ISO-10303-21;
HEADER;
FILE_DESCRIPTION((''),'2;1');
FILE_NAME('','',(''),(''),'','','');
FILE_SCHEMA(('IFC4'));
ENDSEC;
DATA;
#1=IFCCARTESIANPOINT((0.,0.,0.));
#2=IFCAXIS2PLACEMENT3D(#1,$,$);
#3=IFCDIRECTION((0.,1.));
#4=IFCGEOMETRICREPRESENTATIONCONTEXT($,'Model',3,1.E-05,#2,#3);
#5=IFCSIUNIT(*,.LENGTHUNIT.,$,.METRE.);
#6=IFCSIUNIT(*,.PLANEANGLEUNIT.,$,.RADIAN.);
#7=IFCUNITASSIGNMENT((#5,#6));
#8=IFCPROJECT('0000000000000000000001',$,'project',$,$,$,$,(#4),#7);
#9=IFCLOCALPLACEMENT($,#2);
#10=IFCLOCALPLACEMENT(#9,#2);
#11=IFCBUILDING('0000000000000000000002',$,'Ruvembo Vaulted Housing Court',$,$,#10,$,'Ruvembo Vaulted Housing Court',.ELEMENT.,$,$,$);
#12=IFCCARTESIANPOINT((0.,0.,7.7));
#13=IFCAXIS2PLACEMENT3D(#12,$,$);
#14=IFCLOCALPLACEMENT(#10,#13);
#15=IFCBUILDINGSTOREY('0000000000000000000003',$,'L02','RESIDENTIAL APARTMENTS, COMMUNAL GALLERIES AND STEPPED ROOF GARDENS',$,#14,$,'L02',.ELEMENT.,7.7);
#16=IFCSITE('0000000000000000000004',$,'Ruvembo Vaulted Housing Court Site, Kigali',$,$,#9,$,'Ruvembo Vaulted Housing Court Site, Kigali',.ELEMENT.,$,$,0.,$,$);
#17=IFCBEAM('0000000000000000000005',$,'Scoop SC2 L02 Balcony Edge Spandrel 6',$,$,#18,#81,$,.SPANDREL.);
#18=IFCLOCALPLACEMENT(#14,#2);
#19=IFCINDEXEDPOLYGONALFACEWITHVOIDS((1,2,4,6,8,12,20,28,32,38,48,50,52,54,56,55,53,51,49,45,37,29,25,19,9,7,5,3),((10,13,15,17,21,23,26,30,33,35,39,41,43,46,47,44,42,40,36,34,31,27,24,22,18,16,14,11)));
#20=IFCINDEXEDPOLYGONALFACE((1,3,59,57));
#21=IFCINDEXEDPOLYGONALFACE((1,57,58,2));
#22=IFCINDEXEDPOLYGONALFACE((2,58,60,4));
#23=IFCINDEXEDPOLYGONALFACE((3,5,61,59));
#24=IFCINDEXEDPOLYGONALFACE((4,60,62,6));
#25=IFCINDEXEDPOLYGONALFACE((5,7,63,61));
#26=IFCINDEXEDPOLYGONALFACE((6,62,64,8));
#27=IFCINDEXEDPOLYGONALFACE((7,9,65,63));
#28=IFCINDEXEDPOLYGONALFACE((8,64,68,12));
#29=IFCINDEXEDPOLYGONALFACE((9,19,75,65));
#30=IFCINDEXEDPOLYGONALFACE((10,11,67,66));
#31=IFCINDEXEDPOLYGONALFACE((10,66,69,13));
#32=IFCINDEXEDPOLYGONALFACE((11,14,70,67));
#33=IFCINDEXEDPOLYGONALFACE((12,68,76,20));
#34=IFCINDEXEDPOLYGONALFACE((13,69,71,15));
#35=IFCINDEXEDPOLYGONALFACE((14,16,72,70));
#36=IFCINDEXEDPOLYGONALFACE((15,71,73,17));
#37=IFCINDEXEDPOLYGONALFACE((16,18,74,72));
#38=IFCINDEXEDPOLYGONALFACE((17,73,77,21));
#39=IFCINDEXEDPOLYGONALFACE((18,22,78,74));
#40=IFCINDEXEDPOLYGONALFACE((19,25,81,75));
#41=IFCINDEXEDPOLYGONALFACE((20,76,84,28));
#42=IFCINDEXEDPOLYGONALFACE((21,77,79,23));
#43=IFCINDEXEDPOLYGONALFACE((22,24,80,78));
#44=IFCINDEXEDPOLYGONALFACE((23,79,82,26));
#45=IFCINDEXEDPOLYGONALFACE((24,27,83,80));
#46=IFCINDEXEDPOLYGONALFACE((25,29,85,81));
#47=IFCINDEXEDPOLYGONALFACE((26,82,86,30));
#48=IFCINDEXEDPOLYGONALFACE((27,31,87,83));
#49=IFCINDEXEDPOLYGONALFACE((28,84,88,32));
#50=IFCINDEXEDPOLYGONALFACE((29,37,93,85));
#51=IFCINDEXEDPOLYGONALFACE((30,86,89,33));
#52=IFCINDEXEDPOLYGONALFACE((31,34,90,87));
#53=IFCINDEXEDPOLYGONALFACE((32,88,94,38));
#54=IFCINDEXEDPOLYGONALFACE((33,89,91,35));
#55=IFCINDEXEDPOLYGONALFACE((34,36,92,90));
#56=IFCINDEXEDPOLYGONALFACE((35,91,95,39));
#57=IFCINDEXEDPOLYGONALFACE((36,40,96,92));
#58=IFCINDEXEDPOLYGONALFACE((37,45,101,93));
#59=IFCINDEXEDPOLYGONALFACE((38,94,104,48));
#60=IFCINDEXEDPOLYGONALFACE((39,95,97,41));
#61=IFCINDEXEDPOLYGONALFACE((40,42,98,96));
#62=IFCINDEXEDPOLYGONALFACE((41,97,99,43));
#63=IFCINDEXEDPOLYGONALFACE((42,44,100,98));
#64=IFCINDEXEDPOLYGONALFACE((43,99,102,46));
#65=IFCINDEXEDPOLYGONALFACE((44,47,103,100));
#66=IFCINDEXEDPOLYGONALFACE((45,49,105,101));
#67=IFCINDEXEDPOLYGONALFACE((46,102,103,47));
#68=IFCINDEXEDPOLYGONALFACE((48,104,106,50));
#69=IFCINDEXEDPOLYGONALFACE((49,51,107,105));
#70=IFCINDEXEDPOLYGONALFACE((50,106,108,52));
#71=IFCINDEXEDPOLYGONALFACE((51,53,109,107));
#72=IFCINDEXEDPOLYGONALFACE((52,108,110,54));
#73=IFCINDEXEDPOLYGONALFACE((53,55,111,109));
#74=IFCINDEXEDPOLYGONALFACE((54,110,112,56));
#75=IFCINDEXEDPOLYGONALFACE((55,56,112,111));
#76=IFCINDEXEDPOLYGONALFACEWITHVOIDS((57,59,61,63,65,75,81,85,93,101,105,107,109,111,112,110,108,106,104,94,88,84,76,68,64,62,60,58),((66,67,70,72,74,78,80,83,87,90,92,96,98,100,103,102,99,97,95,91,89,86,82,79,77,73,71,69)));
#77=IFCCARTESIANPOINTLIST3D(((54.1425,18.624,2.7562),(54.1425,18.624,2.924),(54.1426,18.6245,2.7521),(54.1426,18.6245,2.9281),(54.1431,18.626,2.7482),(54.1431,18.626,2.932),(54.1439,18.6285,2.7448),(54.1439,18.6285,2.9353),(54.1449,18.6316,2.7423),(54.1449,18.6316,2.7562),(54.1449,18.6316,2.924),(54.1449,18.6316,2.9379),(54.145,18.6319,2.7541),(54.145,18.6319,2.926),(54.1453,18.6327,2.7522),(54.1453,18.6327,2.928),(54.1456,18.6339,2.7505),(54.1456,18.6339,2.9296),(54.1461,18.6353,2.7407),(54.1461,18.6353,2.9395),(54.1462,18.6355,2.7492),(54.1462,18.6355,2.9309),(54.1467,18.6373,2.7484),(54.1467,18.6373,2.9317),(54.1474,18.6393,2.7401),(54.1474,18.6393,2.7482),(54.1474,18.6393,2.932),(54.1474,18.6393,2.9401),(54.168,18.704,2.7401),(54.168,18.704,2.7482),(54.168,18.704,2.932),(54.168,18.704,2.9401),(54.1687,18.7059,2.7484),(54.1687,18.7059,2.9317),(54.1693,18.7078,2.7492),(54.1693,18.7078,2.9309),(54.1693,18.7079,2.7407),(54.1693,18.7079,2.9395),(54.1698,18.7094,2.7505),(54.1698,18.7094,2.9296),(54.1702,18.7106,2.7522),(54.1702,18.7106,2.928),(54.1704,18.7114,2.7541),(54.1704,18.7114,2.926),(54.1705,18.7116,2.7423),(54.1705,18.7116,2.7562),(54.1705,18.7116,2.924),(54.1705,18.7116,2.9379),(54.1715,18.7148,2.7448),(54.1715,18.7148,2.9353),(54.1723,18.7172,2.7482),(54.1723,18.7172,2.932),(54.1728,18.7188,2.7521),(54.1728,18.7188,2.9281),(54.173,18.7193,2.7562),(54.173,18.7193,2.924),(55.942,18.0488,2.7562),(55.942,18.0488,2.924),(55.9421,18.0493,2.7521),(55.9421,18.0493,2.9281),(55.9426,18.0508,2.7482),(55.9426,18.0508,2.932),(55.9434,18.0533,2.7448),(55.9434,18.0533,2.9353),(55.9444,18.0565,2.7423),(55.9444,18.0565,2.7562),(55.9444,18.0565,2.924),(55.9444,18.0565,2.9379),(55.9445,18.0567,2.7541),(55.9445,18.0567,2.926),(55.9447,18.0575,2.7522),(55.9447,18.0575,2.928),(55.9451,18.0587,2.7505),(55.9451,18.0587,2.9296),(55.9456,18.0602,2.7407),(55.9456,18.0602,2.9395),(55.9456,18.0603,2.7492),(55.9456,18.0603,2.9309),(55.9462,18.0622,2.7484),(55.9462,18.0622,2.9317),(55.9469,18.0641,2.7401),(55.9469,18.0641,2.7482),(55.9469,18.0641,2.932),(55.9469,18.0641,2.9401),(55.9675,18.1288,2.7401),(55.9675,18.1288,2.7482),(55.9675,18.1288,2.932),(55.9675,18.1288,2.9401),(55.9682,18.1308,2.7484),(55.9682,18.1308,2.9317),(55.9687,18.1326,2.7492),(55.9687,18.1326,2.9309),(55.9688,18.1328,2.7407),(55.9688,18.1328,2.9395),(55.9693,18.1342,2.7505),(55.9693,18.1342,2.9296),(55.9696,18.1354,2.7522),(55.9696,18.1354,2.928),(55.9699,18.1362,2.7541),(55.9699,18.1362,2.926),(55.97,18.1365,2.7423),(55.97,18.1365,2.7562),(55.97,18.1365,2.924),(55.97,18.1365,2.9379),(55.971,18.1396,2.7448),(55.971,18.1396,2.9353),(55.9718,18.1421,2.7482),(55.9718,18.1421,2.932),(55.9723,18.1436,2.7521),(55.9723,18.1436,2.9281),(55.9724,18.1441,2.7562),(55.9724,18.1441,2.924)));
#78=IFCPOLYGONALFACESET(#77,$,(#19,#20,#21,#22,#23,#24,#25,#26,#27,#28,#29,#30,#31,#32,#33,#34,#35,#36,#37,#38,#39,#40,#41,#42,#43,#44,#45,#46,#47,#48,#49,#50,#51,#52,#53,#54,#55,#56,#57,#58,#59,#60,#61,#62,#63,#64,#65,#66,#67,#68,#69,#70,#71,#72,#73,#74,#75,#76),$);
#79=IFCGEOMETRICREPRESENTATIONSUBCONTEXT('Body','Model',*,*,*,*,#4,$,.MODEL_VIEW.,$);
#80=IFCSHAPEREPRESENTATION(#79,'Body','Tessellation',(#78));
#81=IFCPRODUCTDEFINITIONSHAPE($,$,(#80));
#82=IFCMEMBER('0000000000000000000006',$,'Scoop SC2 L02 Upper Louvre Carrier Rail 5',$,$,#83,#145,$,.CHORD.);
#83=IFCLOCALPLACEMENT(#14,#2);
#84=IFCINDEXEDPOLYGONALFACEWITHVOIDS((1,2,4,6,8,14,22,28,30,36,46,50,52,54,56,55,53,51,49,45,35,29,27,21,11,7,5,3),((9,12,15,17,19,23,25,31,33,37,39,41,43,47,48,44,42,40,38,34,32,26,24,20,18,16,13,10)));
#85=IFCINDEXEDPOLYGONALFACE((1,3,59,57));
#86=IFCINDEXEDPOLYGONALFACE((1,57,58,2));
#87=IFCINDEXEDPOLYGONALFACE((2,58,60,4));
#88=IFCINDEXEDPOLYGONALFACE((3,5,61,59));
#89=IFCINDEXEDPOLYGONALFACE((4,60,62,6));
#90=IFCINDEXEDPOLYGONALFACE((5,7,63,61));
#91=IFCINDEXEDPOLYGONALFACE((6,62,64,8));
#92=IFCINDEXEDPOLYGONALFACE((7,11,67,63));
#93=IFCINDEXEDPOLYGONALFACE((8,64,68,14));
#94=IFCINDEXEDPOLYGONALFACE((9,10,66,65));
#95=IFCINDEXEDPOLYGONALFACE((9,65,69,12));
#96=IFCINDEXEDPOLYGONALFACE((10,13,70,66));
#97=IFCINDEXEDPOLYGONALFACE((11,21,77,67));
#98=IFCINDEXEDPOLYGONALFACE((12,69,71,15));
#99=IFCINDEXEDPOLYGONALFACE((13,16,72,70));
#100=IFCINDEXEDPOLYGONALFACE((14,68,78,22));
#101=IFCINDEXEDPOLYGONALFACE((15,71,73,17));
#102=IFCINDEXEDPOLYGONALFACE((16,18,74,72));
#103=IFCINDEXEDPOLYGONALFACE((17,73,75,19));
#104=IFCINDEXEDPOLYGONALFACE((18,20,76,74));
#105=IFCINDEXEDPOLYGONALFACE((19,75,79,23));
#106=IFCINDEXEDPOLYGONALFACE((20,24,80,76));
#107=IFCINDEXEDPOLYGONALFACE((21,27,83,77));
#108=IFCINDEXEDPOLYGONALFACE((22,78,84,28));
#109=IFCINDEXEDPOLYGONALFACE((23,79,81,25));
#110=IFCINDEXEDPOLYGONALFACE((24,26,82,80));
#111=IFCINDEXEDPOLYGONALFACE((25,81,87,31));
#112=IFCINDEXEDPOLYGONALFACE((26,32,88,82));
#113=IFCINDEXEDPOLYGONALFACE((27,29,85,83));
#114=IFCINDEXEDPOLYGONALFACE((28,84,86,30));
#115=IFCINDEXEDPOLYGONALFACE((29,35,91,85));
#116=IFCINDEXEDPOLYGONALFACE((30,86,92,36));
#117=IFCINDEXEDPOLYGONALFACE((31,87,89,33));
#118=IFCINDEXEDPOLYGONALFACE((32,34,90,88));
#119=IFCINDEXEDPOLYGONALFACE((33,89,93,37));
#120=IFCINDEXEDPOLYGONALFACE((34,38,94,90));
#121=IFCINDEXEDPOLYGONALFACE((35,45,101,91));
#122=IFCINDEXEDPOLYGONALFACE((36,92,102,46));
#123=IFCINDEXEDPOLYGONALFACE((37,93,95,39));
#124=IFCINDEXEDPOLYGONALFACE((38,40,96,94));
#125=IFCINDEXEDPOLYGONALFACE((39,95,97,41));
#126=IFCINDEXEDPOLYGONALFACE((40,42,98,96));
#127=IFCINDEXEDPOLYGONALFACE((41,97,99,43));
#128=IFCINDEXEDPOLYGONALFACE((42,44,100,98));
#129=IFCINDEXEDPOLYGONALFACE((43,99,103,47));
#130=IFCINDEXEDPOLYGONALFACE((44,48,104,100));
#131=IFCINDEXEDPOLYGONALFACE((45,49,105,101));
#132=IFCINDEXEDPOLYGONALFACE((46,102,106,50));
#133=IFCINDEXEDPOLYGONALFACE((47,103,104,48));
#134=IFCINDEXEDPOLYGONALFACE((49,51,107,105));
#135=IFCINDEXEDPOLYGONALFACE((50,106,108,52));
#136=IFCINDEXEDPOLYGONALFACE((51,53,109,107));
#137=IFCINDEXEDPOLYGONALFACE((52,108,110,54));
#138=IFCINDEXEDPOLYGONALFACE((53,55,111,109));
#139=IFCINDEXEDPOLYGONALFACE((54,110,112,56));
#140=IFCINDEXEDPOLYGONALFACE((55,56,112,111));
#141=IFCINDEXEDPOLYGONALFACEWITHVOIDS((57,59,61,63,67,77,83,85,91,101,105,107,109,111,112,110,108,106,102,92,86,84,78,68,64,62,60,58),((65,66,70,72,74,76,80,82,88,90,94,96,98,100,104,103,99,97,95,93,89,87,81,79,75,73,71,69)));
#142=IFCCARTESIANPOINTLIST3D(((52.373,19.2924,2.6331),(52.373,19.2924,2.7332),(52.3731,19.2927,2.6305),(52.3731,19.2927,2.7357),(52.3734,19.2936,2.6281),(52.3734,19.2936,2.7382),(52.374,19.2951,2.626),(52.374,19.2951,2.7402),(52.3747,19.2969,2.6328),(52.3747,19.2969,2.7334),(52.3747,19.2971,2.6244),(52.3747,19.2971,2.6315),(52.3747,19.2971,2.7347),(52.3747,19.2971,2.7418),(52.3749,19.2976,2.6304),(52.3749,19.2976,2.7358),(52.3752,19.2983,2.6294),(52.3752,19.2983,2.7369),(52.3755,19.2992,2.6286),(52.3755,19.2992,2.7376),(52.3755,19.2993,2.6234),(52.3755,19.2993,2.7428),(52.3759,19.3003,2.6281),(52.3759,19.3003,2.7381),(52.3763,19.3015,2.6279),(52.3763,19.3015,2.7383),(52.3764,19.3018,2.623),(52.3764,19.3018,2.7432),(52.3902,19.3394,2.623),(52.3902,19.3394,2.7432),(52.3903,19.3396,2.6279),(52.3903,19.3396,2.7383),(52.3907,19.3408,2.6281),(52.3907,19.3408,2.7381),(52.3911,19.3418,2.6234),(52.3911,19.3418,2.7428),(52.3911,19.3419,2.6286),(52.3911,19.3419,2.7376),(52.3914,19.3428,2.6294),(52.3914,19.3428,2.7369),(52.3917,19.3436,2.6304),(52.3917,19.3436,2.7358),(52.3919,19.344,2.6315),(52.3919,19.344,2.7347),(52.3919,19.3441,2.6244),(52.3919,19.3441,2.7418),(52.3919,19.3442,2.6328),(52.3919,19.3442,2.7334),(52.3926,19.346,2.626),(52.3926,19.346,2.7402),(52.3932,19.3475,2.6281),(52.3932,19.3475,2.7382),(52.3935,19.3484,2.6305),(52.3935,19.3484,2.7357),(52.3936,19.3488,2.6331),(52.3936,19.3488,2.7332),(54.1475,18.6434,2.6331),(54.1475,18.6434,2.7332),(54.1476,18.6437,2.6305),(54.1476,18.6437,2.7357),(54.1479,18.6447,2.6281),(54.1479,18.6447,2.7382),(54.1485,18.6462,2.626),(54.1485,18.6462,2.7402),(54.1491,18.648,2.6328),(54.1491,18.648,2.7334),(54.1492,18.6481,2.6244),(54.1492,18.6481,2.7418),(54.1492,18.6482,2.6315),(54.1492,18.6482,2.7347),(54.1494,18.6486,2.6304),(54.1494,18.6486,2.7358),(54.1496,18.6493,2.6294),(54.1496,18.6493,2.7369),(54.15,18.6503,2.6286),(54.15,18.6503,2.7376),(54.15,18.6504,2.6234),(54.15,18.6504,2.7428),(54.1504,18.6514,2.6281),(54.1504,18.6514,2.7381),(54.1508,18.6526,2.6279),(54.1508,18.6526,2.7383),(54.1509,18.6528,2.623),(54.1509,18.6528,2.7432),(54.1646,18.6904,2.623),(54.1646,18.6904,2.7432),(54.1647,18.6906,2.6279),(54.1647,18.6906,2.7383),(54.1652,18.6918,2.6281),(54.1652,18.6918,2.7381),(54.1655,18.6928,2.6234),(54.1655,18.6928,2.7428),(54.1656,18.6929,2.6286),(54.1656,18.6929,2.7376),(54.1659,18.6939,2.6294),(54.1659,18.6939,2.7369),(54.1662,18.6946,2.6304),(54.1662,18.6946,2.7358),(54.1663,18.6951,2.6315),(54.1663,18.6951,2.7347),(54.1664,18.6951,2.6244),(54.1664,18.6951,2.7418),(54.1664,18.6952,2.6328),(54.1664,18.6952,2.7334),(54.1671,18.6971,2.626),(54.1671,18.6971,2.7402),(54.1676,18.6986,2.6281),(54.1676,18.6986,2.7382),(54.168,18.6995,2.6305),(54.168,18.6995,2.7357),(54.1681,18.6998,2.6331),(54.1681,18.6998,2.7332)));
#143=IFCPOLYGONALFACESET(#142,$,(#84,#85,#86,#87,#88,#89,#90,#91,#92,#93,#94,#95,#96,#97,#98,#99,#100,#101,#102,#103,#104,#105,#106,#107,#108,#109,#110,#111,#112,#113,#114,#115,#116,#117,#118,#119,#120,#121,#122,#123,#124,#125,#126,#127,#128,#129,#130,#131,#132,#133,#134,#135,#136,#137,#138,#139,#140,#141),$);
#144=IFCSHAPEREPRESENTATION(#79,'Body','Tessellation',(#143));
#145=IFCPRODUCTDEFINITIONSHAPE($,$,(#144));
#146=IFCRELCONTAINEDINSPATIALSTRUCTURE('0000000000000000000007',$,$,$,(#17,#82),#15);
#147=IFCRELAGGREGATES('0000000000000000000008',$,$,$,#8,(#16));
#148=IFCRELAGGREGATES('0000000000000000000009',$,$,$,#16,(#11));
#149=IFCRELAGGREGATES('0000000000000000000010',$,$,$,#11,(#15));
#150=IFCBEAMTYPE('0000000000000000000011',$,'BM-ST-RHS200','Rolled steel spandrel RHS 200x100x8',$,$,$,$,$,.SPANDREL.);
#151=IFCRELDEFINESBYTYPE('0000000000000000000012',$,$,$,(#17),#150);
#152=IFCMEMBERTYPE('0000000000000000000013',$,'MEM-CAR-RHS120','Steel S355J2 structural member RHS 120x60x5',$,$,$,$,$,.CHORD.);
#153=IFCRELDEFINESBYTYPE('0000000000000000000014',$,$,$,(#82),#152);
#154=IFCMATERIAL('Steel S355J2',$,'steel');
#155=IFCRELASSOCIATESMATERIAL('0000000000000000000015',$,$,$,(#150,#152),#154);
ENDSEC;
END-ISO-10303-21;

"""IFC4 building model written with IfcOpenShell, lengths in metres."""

from ifc_helpers import new_model, si_unit, direction, frame, origin, origin_2d, place, context, subcontext, project, spatial, hollow_rectangle, extrude, material, material_profile, profile_set, type_object, element, save


model = new_model("IFC4")

# Units and contexts
model_context = context("Model", 3, precision=1e-05, world=origin(), true_north=direction((0.0, 1.0)))
body_context = subcontext(model_context, "Body", "Model", "MODEL_VIEW")
ifc_project = project(units=[si_unit("LENGTHUNIT", "METRE"), si_unit("PLANEANGLEUNIT", "RADIAN")], contexts=[model_context])

# Site, building, storey
site_placement = place(None, origin())
site = spatial("IfcSite", under=ifc_project, at=site_placement, Name="Ruvembo Vaulted Housing Court Site, Kigali", LongName="Ruvembo Vaulted Housing Court Site, Kigali", CompositionType="ELEMENT", RefElevation=0.0)
building_placement = place(site_placement, origin())
building = spatial("IfcBuilding", under=site, at=building_placement, Name="Ruvembo Vaulted Housing Court", LongName="Ruvembo Vaulted Housing Court", CompositionType="ELEMENT")
storey_placement = place(building_placement, frame((0.0, 0.0, 7.7)))
storey = spatial("IfcBuildingStorey", under=building, at=storey_placement, Name="L02", Description="RESIDENTIAL APARTMENTS, COMMUNAL GALLERIES AND STEPPED ROOF GARDENS", LongName="L02", CompositionType="ELEMENT", Elevation=7.7)

# Beam
ifc_material_1 = material(Name="Steel S355J2", Category="steel")
ifc_material_profile_1 = material_profile(ifc_material_1, hollow_rectangle(XDim=0.1001, YDim=0.2, WallThickness=0.0081, InnerFilletRadius=0.0081, OuterFilletRadius=0.0161, at=origin_2d()), Name="RHS 200x100x8")
ifc_profile_set_1 = profile_set([ifc_material_profile_1], Name="Steel S355J2")
beam_type_1 = type_object("IfcBeamType", Name="BM-ST-RHS200", Description="Rolled steel spandrel RHS 200x100x8", PredefinedType="SPANDREL", material=ifc_profile_set_1)
beam_1_placement = place(storey_placement, frame((54.1577, 18.6716, 2.8401), z_axis=(0.952526, -0.304457, 0.0), x_axis=(0.304457, 0.952526, 0.0)))
element("IfcBeam", 1, at=beam_1_placement, inside=storey, type_object=beam_type_1, Name="Scoop SC2 L02 Balcony Edge Spandrel 6", PredefinedType="SPANDREL", context=body_context, shape_type="SweptSolid", body=[
    extrude(hollow_rectangle(XDim=0.1001, YDim=0.2, WallThickness=0.0081, InnerFilletRadius=0.0081, OuterFilletRadius=0.0161, at=origin_2d()), origin(), (0.0, 0.0, 1.0), 1.8892),
])

# Member
ifc_material_profile_2 = material_profile(ifc_material_1, hollow_rectangle(XDim=0.0601, YDim=0.1201, WallThickness=0.0049, InnerFilletRadius=0.0049, OuterFilletRadius=0.01, at=origin_2d()), Name="RHS 120x60x5")
ifc_profile_set_2 = profile_set([ifc_material_profile_2], Name="Steel S355J2")
member_type_1 = type_object("IfcMemberType", Name="MEM-CAR-RHS120", Description="Steel S355J2 structural member RHS 120x60x5", PredefinedType="CHORD", material=ifc_profile_set_2)
member_1_placement = place(storey_placement, frame((52.3833, 19.3206, 2.6831), z_axis=(0.939166, -0.343465, 0.0), x_axis=(0.343465, 0.939166, 0.0)))
element("IfcMember", 2, at=member_1_placement, inside=storey, type_object=member_type_1, Name="Scoop SC2 L02 Upper Louvre Carrier Rail 5", PredefinedType="CHORD", context=body_context, shape_type="SweptSolid", body=[
    extrude(hollow_rectangle(XDim=0.0601, YDim=0.1201, WallThickness=0.0049, InnerFilletRadius=0.0049, OuterFilletRadius=0.01, at=origin_2d()), origin(), (0.0, 0.0, 1.0), 1.8894),
])

save(model, "model.ifc")
